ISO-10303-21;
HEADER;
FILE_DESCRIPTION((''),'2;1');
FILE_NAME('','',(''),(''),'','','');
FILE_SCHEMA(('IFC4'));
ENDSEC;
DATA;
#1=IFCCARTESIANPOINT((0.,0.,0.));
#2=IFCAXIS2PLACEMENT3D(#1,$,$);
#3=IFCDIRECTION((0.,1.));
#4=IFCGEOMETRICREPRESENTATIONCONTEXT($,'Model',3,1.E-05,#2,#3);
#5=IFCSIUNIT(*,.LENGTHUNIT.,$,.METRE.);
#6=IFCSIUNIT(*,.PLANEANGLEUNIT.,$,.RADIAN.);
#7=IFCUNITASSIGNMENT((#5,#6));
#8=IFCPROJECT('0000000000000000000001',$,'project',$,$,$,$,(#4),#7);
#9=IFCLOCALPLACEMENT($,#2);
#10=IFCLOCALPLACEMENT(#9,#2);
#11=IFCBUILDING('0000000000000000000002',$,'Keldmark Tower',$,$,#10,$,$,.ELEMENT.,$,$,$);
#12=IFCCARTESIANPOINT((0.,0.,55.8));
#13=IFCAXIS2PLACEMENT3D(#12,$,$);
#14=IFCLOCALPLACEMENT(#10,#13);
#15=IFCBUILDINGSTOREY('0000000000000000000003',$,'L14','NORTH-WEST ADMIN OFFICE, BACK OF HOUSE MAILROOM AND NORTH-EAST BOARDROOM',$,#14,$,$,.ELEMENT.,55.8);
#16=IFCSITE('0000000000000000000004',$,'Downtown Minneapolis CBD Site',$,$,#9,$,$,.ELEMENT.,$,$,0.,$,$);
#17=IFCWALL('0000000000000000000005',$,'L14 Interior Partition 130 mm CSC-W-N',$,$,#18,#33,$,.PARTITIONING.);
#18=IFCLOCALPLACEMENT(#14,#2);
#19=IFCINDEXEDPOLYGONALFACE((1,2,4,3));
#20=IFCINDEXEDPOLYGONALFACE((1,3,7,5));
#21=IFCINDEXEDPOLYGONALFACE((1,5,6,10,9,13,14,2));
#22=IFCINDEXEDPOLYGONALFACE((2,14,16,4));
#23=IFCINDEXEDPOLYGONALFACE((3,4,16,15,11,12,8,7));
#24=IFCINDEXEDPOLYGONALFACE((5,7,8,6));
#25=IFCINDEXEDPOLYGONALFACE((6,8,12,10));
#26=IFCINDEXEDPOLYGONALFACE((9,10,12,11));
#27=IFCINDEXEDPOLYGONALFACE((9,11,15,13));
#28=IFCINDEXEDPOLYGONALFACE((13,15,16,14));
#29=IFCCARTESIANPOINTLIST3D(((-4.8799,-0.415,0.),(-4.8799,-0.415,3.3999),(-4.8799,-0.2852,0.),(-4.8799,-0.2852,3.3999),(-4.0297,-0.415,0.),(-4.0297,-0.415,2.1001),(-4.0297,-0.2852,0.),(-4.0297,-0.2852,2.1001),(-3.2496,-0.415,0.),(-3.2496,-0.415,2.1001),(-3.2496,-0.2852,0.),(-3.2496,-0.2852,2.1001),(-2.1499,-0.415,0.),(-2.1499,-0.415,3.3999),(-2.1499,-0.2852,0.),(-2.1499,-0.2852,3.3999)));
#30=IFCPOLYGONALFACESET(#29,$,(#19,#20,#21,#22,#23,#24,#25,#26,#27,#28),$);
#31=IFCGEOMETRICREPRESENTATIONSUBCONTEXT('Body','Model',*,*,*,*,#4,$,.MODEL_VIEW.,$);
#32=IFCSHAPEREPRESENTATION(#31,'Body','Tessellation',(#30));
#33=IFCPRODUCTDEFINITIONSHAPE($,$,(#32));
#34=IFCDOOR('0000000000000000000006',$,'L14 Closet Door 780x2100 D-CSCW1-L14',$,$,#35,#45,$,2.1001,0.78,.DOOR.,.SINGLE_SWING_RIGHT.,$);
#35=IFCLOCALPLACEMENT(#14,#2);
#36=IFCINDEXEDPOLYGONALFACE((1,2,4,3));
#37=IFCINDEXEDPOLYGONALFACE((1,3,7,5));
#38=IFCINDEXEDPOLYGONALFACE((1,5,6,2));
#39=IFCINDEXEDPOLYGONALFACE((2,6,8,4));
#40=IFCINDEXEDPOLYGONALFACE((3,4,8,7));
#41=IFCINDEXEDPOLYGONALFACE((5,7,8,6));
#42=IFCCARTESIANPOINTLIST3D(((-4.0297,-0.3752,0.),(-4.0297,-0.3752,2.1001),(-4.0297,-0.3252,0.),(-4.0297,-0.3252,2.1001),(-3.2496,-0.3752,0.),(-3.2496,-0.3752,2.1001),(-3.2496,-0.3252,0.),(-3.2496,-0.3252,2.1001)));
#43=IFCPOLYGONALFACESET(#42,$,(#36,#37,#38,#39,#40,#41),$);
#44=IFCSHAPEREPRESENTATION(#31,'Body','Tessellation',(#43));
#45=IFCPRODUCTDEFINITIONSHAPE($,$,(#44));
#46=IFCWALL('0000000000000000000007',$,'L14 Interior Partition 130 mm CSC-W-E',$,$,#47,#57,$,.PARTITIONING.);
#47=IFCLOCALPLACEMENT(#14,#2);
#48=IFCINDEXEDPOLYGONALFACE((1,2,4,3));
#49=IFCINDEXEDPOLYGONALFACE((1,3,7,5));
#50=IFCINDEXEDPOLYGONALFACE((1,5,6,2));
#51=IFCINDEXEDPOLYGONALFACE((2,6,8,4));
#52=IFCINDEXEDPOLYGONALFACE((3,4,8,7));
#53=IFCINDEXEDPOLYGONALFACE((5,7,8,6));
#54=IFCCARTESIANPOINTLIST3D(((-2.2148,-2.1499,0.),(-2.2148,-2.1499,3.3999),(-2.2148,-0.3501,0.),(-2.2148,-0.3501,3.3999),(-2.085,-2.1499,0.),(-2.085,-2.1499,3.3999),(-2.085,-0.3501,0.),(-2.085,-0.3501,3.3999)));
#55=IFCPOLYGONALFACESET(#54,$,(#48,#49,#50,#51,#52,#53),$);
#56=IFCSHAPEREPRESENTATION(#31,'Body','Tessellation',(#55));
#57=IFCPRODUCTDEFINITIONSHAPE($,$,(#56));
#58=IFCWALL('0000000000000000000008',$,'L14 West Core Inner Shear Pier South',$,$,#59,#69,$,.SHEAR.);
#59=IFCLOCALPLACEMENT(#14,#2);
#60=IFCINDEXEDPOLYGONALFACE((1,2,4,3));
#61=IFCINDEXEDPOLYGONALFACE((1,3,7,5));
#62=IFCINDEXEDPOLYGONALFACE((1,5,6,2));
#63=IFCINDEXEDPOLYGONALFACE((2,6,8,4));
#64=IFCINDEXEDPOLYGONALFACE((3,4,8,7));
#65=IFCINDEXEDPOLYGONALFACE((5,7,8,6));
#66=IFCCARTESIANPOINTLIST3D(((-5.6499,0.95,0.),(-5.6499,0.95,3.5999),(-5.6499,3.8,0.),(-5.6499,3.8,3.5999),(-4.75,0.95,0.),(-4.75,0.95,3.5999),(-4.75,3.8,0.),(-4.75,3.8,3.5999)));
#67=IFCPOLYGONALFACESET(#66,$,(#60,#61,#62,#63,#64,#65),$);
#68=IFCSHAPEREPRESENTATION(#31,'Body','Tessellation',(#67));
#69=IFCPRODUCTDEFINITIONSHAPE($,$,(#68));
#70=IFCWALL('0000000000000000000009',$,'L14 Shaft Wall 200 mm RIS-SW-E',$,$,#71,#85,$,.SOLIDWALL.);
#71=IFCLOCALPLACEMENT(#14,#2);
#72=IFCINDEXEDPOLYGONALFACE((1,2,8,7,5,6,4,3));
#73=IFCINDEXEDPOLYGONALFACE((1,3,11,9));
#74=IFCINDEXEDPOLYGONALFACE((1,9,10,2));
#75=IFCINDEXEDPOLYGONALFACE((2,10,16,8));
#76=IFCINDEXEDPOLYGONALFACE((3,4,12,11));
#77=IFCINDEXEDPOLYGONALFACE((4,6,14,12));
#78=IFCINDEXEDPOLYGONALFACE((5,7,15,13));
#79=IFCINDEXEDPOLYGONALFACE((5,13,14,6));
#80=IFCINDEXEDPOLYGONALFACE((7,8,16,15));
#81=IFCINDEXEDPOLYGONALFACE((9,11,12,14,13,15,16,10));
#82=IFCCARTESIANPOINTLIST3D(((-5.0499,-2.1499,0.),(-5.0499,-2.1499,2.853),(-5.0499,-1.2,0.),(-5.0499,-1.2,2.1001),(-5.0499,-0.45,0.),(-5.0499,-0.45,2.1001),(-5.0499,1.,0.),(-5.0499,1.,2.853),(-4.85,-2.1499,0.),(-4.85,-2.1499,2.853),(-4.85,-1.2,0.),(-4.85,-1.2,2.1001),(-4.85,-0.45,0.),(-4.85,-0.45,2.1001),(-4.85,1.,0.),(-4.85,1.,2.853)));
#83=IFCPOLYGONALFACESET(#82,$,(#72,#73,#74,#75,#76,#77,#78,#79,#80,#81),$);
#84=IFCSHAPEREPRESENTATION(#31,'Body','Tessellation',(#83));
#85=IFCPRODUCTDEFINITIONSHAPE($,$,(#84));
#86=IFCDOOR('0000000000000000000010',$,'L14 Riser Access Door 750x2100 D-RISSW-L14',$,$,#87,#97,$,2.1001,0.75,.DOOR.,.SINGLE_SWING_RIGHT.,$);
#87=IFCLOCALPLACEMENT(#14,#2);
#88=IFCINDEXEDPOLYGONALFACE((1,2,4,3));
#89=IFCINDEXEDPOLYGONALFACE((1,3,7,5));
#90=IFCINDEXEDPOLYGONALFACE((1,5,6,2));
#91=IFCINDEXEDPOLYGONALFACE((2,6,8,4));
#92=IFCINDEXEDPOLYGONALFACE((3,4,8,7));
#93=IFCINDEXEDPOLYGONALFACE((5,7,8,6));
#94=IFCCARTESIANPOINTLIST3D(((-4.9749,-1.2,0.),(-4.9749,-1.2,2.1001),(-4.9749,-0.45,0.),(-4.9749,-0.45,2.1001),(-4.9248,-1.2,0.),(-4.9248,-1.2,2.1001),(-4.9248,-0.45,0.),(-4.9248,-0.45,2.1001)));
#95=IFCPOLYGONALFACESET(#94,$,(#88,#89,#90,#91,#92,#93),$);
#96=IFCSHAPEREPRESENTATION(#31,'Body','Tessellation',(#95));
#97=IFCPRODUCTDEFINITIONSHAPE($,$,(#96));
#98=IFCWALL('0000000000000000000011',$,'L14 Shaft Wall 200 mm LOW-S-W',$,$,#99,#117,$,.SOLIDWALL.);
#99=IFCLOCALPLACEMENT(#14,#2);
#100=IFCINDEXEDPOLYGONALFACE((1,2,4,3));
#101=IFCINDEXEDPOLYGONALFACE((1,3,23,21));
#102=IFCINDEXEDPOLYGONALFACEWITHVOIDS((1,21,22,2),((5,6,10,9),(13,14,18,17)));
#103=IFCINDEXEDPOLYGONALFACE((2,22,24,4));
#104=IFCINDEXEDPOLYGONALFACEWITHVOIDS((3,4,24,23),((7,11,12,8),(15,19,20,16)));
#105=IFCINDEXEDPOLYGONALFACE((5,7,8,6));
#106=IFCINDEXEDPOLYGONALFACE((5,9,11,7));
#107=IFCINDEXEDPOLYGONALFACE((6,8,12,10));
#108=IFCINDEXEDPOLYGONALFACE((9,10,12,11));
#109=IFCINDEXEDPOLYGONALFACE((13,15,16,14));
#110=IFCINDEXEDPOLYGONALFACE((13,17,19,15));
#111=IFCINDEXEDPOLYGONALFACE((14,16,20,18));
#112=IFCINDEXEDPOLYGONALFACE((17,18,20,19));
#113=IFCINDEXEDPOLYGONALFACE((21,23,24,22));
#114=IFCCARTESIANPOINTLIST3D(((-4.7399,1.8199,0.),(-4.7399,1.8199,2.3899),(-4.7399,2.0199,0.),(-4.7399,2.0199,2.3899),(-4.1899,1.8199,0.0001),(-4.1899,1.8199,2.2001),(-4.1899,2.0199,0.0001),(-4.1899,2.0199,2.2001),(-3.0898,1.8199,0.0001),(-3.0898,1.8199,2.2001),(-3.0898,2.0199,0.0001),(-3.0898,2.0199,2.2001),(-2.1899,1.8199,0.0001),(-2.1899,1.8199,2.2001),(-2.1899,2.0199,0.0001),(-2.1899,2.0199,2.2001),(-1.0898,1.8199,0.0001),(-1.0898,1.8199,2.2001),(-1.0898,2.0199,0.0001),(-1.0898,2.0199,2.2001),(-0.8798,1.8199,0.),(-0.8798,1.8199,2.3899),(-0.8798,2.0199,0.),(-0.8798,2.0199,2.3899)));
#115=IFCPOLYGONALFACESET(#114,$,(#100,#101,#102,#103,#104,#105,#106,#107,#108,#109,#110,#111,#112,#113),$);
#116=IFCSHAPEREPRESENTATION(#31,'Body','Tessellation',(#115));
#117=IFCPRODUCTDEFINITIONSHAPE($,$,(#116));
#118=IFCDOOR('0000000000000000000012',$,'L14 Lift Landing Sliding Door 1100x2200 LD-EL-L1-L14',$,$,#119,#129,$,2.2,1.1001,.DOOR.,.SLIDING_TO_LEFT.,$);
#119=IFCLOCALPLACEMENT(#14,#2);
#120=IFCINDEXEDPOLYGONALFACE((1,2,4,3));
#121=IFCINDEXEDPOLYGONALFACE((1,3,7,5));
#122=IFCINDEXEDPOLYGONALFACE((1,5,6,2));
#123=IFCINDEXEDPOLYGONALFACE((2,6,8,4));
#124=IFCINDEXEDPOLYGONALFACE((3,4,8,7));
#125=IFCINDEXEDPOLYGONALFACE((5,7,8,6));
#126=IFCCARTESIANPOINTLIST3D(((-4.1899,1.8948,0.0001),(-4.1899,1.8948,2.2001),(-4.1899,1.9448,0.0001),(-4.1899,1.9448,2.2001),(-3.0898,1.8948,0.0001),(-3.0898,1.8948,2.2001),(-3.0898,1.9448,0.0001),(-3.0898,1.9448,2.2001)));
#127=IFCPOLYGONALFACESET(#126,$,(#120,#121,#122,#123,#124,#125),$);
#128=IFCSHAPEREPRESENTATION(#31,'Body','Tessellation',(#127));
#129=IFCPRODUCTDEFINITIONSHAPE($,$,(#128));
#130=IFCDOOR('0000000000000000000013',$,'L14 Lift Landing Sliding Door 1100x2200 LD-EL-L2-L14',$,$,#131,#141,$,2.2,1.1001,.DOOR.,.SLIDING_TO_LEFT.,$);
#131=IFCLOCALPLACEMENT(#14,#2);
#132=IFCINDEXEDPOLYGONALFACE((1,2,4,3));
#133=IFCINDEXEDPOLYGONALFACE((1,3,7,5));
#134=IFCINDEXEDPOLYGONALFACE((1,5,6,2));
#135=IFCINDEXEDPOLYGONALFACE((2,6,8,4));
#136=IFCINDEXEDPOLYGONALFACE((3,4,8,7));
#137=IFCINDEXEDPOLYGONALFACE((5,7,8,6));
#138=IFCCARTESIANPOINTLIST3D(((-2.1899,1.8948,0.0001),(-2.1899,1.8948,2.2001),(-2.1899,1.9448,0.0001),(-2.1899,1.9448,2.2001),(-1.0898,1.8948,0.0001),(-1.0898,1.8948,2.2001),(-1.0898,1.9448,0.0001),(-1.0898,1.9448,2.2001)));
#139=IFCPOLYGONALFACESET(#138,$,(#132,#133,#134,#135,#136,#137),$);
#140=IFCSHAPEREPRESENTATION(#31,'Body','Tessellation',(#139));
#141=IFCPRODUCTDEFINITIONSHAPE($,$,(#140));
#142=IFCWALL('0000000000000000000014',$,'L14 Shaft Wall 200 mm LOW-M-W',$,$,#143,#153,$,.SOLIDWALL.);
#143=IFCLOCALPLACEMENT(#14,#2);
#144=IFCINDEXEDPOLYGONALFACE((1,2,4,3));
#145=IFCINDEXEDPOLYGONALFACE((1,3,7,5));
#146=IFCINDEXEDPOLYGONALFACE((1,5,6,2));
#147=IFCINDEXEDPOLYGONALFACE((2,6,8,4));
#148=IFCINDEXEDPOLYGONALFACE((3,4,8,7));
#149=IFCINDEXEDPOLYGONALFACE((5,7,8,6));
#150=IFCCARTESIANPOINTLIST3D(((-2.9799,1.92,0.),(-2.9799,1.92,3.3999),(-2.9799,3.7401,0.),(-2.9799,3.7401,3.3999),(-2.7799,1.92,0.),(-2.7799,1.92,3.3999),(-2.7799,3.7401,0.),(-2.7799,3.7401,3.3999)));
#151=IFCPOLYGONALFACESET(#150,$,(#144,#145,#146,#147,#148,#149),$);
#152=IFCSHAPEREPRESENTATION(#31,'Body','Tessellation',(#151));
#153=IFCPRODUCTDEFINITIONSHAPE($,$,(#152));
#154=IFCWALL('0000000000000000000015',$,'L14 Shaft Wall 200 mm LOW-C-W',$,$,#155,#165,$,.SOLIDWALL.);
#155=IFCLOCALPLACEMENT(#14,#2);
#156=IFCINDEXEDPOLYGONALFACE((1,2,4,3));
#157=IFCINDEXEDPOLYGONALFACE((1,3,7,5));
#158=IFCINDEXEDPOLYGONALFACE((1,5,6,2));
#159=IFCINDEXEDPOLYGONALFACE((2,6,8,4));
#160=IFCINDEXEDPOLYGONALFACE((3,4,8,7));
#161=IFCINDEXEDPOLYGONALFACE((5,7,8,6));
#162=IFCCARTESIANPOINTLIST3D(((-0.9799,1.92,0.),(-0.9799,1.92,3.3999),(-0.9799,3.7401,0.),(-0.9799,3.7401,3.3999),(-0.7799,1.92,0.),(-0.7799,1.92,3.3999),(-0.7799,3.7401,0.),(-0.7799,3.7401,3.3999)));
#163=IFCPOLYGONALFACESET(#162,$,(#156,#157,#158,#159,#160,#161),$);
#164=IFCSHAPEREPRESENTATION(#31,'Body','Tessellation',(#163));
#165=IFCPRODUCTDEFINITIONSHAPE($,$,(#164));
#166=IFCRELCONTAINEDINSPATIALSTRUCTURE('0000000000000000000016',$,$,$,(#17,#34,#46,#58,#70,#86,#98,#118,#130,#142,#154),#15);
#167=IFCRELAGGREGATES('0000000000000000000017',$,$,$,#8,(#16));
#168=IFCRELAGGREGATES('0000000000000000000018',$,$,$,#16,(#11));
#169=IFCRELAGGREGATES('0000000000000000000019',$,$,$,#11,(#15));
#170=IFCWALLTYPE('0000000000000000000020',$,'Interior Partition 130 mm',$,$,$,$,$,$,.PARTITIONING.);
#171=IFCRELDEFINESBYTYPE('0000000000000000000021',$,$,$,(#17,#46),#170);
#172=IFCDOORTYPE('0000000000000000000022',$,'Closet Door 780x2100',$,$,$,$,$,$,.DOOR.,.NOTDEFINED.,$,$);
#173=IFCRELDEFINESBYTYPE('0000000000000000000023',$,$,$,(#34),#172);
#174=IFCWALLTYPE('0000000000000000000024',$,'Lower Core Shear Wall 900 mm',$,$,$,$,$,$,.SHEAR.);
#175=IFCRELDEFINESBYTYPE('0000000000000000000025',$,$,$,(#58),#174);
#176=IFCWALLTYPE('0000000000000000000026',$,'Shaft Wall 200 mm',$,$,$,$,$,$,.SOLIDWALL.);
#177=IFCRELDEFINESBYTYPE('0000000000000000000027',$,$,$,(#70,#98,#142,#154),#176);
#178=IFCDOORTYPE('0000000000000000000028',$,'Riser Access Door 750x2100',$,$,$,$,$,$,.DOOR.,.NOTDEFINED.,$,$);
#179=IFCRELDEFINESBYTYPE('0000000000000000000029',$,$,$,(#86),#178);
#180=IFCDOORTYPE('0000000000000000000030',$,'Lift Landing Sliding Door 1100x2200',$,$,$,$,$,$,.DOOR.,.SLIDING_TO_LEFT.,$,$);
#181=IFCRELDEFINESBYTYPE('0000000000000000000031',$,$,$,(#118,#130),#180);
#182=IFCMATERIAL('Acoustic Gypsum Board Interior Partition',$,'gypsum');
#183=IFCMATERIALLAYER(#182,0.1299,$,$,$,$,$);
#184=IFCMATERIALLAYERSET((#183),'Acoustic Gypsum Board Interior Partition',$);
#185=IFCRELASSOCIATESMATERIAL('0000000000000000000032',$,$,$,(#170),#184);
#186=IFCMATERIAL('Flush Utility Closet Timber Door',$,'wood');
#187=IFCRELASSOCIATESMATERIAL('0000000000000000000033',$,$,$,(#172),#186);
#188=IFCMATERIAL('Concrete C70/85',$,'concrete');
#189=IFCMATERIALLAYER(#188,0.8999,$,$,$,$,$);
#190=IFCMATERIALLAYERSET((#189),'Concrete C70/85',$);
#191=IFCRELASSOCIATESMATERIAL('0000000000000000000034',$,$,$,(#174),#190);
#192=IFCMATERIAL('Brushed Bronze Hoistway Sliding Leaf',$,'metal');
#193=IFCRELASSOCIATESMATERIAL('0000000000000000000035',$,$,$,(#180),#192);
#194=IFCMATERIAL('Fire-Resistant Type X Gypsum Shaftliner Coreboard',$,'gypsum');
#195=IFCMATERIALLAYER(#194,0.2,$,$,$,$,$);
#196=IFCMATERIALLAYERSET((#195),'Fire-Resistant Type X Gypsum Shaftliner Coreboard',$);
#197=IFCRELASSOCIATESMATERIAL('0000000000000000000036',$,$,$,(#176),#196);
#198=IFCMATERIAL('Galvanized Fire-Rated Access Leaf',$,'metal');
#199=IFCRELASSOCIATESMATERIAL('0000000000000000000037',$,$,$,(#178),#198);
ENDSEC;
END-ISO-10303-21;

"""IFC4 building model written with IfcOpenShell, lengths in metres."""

from ifc_helpers import new_model, si_unit, direction, frame, frame_2d, origin, place, context, subcontext, project, spatial, rectangle, extrude, material, layer, layer_set, type_object, element, fill, save


model = new_model("IFC4")

# Units and contexts
model_context = context("Model", 3, precision=1e-05, world=origin(), true_north=direction((0.0, 1.0)))
body_context = subcontext(model_context, "Body", "Model", "MODEL_VIEW")
ifc_project = project(units=[si_unit("LENGTHUNIT", "METRE"), si_unit("PLANEANGLEUNIT", "RADIAN")], contexts=[model_context])

# Site, building, storey
site_placement = place(None, origin())
site = spatial("IfcSite", under=ifc_project, at=site_placement, Name="Downtown Minneapolis CBD Site", CompositionType="ELEMENT", RefElevation=0.0)
building_placement = place(site_placement, origin())
building = spatial("IfcBuilding", under=site, at=building_placement, Name="Keldmark Tower", CompositionType="ELEMENT")
storey_placement = place(building_placement, frame((0.0, 0.0, 55.8)))
storey = spatial("IfcBuildingStorey", under=building, at=storey_placement, Name="L14", Description="NORTH-WEST ADMIN OFFICE, BACK OF HOUSE MAILROOM AND NORTH-EAST BOARDROOM", CompositionType="ELEMENT", Elevation=55.8)

# Wall, opening, door
ifc_material_1 = material(Name="Acoustic Gypsum Board Interior Partition", Category="gypsum")
ifc_layer_1 = layer(ifc_material_1, 0.1299)
ifc_layer_set_1 = layer_set([ifc_layer_1], Name="Acoustic Gypsum Board Interior Partition")
wall_type_1 = type_object("IfcWallType", Name="Interior Partition 130 mm", PredefinedType="PARTITIONING", material=ifc_layer_set_1)
wall_1_placement = place(storey_placement, frame((-4.8799, -0.3501, 0.0), z_axis=(0.0, 0.0, 1.0), x_axis=(1.0, 0.0, 0.0)))
wall_1 = element("IfcWall", 1, at=wall_1_placement, inside=storey, type_object=wall_type_1, Name="L14 Interior Partition 130 mm CSC-W-N", PredefinedType="PARTITIONING", context=body_context, shape_type="SweptSolid", body=[
    extrude(rectangle(XDim=2.73, YDim=0.1299, at=frame_2d((1.365, 0.0))), origin(), (0.0, 0.0, 1.0), 3.3999),
])
opening_1_placement = place(wall_1_placement, frame((0.8501, 0.0, 0.0)))
opening_1 = element("IfcOpeningElement", 2, at=opening_1_placement, cuts=wall_1, PredefinedType="OPENING", context=body_context, shape_type="SweptSolid", body=[
    extrude(rectangle(XDim=0.78, YDim=2.1001, at=frame_2d((0.3901, 1.05))), frame((0.0, 0.075, 0.0), z_axis=(0.0, -1.0, 0.0), x_axis=(1.0, 0.0, 0.0)), (0.0, 0.0, 1.0), 0.1499),
])
ifc_material_2 = material(Name="Flush Utility Closet Timber Door", Category="wood")
door_type_1 = type_object("IfcDoorType", Name="Closet Door 780x2100", OperationType="NOTDEFINED", PredefinedType="DOOR", material=ifc_material_2)
door_1_placement = place(opening_1_placement, origin())
door_1 = element("IfcDoor", 3, at=door_1_placement, inside=storey, type_object=door_type_1, Name="L14 Closet Door 780x2100 D-CSCW1-L14", OperationType="SINGLE_SWING_RIGHT", OverallHeight=2.1001, OverallWidth=0.78, PredefinedType="DOOR", context=body_context, shape_type="SweptSolid", body=[
    extrude(rectangle(XDim=0.78, YDim=2.1001, at=frame_2d((0.3901, 1.05))), frame((0.0, 0.0249, 0.0), z_axis=(0.0, -1.0, 0.0), x_axis=(1.0, 0.0, 0.0)), (0.0, 0.0, 1.0), 0.05),
])
fill(opening_1, door_1)

# Wall
wall_2_placement = place(storey_placement, frame((-2.1499, -2.1499, 0.0), z_axis=(0.0, 0.0, 1.0), x_axis=(0.0, 1.0, 0.0)))
element("IfcWall", 4, at=wall_2_placement, inside=storey, type_object=wall_type_1, Name="L14 Interior Partition 130 mm CSC-W-E", PredefinedType="PARTITIONING", context=body_context, shape_type="SweptSolid", body=[
    extrude(rectangle(XDim=1.7998, YDim=0.1299, at=frame_2d((0.8999, 0.0))), origin(), (0.0, 0.0, 1.0), 3.3999),
])

# Shared definitions
ifc_material_3 = material(Name="Concrete C70/85", Category="concrete")
ifc_layer_2 = layer(ifc_material_3, 0.8999)
ifc_layer_set_2 = layer_set([ifc_layer_2], Name="Concrete C70/85")
wall_type_2 = type_object("IfcWallType", Name="Lower Core Shear Wall 900 mm", PredefinedType="SHEAR", material=ifc_layer_set_2)
ifc_material_4 = material(Name="Brushed Bronze Hoistway Sliding Leaf", Category="metal")
door_type_2 = type_object("IfcDoorType", Name="Lift Landing Sliding Door 1100x2200", OperationType="SLIDING_TO_LEFT", PredefinedType="DOOR", material=ifc_material_4)

# Wall
wall_3_placement = place(storey_placement, frame((-5.2, 0.95, 0.0), z_axis=(0.0, 0.0, 1.0), x_axis=(0.0, 1.0, 0.0)))
element("IfcWall", 5, at=wall_3_placement, inside=storey, type_object=wall_type_2, Name="L14 West Core Inner Shear Pier South", PredefinedType="SHEAR", context=body_context, shape_type="SweptSolid", body=[
    extrude(rectangle(XDim=2.8501, YDim=0.8999, at=frame_2d((1.425, 0.0))), origin(), (0.0, 0.0, 1.0), 3.5999),
])

# Wall, opening, door
ifc_material_5 = material(Name="Fire-Resistant Type X Gypsum Shaftliner Coreboard", Category="gypsum")
ifc_layer_3 = layer(ifc_material_5, 0.2)
ifc_layer_set_3 = layer_set([ifc_layer_3], Name="Fire-Resistant Type X Gypsum Shaftliner Coreboard")
wall_type_3 = type_object("IfcWallType", Name="Shaft Wall 200 mm", PredefinedType="SOLIDWALL", material=ifc_layer_set_3)
wall_4_placement = place(storey_placement, frame((-4.95, -2.1499, 0.0), z_axis=(0.0, 0.0, 1.0), x_axis=(0.0, 1.0, 0.0)))
wall_4 = element("IfcWall", 6, at=wall_4_placement, inside=storey, type_object=wall_type_3, Name="L14 Shaft Wall 200 mm RIS-SW-E", PredefinedType="SOLIDWALL", context=body_context, shape_type="SweptSolid", body=[
    extrude(rectangle(XDim=3.1499, YDim=0.2, at=frame_2d((1.575, 0.0))), origin(), (0.0, 0.0, 1.0), 2.853),
])
opening_2_placement = place(wall_4_placement, frame((0.95, 0.0, 0.0)))
opening_2 = element("IfcOpeningElement", 7, at=opening_2_placement, cuts=wall_4, PredefinedType="OPENING", context=body_context, shape_type="SweptSolid", body=[
    extrude(rectangle(XDim=0.75, YDim=2.1001, at=frame_2d((0.375, 1.05))), frame((0.0, 0.1099, 0.0), z_axis=(0.0, -1.0, 0.0), x_axis=(1.0, 0.0, 0.0)), (0.0, 0.0, 1.0), 0.22),
])
ifc_material_6 = material(Name="Galvanized Fire-Rated Access Leaf", Category="metal")
door_type_3 = type_object("IfcDoorType", Name="Riser Access Door 750x2100", OperationType="NOTDEFINED", PredefinedType="DOOR", material=ifc_material_6)
door_2_placement = place(opening_2_placement, origin())
door_2 = element("IfcDoor", 8, at=door_2_placement, inside=storey, type_object=door_type_3, Name="L14 Riser Access Door 750x2100 D-RISSW-L14", OperationType="SINGLE_SWING_RIGHT", OverallHeight=2.1001, OverallWidth=0.75, PredefinedType="DOOR", context=body_context, shape_type="SweptSolid", body=[
    extrude(rectangle(XDim=0.75, YDim=2.1001, at=frame_2d((0.375, 1.05))), frame((0.0, 0.0249, 0.0), z_axis=(0.0, -1.0, 0.0), x_axis=(1.0, 0.0, 0.0)), (0.0, 0.0, 1.0), 0.05),
])
fill(opening_2, door_2)

# Wall, openings, doors
wall_5_placement = place(storey_placement, frame((-4.74, 1.9199, 0.0), z_axis=(0.0, 0.0, 1.0), x_axis=(1.0, 0.0, 0.0)))
wall_5 = element("IfcWall", 9, at=wall_5_placement, inside=storey, type_object=wall_type_3, Name="L14 Shaft Wall 200 mm LOW-S-W", PredefinedType="SOLIDWALL", context=body_context, shape_type="SweptSolid", body=[
    extrude(rectangle(XDim=3.8601, YDim=0.2, at=frame_2d((1.9302, 0.0))), origin(), (0.0, 0.0, 1.0), 2.3899),
])
opening_3_placement = place(wall_5_placement, frame((0.55, 0.0, 0.0)))
opening_3 = element("IfcOpeningElement", 10, at=opening_3_placement, cuts=wall_5, PredefinedType="OPENING", context=body_context, shape_type="SweptSolid", body=[
    extrude(rectangle(XDim=1.1001, YDim=2.2, at=frame_2d((0.55, 1.1001))), frame((0.0, 0.1099, 0.0), z_axis=(0.0, -1.0, 0.0), x_axis=(1.0, 0.0, 0.0)), (0.0, 0.0, 1.0), 0.22),
])
opening_4_placement = place(wall_5_placement, frame((2.55, 0.0, 0.0)))
opening_4 = element("IfcOpeningElement", 11, at=opening_4_placement, cuts=wall_5, PredefinedType="OPENING", context=body_context, shape_type="SweptSolid", body=[
    extrude(rectangle(XDim=1.1001, YDim=2.2, at=frame_2d((0.55, 1.1001))), frame((0.0, 0.1099, 0.0), z_axis=(0.0, -1.0, 0.0), x_axis=(1.0, 0.0, 0.0)), (0.0, 0.0, 1.0), 0.22),
])
door_3_placement = place(opening_3_placement, origin())
door_3 = element("IfcDoor", 12, at=door_3_placement, inside=storey, type_object=door_type_2, Name="L14 Lift Landing Sliding Door 1100x2200 LD-EL-L1-L14", OperationType="SLIDING_TO_LEFT", OverallHeight=2.2, OverallWidth=1.1001, PredefinedType="DOOR", context=body_context, shape_type="SweptSolid", body=[
    extrude(rectangle(XDim=1.1001, YDim=2.2, at=frame_2d((0.55, 1.1001))), frame((0.0, 0.0249, 0.0), z_axis=(0.0, -1.0, 0.0), x_axis=(1.0, 0.0, 0.0)), (0.0, 0.0, 1.0), 0.05),
])
fill(opening_3, door_3)
door_4_placement = place(opening_4_placement, origin())
door_4 = element("IfcDoor", 13, at=door_4_placement, inside=storey, type_object=door_type_2, Name="L14 Lift Landing Sliding Door 1100x2200 LD-EL-L2-L14", OperationType="SLIDING_TO_LEFT", OverallHeight=2.2, OverallWidth=1.1001, PredefinedType="DOOR", context=body_context, shape_type="SweptSolid", body=[
    extrude(rectangle(XDim=1.1001, YDim=2.2, at=frame_2d((0.55, 1.1001))), frame((0.0, 0.0249, 0.0), z_axis=(0.0, -1.0, 0.0), x_axis=(1.0, 0.0, 0.0)), (0.0, 0.0, 1.0), 0.05),
])
fill(opening_4, door_4)

# Walls
for number, where, z_axis, x_axis, name in (
    (14, (-2.8799, 1.9199, 0.0), (0.0, 0.0, 1.0), (0.0, 1.0, 0.0), "L14 Shaft Wall 200 mm LOW-M-W"),
    (15, (-0.8799, 1.9199, 0.0), (0.0, 0.0, 1.0), (0.0, 1.0, 0.0), "L14 Shaft Wall 200 mm LOW-C-W"),
):
    element("IfcWall", number, at=place(storey_placement, frame(where, z_axis=z_axis, x_axis=x_axis)), inside=storey, type_object=wall_type_3, Name=name, PredefinedType="SOLIDWALL", context=body_context, shape_type="SweptSolid", body=[
        extrude(rectangle(XDim=1.8201, YDim=0.2, at=frame_2d((0.9102, 0.0))), origin(), (0.0, 0.0, 1.0), 3.3999),
    ])

save(model, "model.ifc")
